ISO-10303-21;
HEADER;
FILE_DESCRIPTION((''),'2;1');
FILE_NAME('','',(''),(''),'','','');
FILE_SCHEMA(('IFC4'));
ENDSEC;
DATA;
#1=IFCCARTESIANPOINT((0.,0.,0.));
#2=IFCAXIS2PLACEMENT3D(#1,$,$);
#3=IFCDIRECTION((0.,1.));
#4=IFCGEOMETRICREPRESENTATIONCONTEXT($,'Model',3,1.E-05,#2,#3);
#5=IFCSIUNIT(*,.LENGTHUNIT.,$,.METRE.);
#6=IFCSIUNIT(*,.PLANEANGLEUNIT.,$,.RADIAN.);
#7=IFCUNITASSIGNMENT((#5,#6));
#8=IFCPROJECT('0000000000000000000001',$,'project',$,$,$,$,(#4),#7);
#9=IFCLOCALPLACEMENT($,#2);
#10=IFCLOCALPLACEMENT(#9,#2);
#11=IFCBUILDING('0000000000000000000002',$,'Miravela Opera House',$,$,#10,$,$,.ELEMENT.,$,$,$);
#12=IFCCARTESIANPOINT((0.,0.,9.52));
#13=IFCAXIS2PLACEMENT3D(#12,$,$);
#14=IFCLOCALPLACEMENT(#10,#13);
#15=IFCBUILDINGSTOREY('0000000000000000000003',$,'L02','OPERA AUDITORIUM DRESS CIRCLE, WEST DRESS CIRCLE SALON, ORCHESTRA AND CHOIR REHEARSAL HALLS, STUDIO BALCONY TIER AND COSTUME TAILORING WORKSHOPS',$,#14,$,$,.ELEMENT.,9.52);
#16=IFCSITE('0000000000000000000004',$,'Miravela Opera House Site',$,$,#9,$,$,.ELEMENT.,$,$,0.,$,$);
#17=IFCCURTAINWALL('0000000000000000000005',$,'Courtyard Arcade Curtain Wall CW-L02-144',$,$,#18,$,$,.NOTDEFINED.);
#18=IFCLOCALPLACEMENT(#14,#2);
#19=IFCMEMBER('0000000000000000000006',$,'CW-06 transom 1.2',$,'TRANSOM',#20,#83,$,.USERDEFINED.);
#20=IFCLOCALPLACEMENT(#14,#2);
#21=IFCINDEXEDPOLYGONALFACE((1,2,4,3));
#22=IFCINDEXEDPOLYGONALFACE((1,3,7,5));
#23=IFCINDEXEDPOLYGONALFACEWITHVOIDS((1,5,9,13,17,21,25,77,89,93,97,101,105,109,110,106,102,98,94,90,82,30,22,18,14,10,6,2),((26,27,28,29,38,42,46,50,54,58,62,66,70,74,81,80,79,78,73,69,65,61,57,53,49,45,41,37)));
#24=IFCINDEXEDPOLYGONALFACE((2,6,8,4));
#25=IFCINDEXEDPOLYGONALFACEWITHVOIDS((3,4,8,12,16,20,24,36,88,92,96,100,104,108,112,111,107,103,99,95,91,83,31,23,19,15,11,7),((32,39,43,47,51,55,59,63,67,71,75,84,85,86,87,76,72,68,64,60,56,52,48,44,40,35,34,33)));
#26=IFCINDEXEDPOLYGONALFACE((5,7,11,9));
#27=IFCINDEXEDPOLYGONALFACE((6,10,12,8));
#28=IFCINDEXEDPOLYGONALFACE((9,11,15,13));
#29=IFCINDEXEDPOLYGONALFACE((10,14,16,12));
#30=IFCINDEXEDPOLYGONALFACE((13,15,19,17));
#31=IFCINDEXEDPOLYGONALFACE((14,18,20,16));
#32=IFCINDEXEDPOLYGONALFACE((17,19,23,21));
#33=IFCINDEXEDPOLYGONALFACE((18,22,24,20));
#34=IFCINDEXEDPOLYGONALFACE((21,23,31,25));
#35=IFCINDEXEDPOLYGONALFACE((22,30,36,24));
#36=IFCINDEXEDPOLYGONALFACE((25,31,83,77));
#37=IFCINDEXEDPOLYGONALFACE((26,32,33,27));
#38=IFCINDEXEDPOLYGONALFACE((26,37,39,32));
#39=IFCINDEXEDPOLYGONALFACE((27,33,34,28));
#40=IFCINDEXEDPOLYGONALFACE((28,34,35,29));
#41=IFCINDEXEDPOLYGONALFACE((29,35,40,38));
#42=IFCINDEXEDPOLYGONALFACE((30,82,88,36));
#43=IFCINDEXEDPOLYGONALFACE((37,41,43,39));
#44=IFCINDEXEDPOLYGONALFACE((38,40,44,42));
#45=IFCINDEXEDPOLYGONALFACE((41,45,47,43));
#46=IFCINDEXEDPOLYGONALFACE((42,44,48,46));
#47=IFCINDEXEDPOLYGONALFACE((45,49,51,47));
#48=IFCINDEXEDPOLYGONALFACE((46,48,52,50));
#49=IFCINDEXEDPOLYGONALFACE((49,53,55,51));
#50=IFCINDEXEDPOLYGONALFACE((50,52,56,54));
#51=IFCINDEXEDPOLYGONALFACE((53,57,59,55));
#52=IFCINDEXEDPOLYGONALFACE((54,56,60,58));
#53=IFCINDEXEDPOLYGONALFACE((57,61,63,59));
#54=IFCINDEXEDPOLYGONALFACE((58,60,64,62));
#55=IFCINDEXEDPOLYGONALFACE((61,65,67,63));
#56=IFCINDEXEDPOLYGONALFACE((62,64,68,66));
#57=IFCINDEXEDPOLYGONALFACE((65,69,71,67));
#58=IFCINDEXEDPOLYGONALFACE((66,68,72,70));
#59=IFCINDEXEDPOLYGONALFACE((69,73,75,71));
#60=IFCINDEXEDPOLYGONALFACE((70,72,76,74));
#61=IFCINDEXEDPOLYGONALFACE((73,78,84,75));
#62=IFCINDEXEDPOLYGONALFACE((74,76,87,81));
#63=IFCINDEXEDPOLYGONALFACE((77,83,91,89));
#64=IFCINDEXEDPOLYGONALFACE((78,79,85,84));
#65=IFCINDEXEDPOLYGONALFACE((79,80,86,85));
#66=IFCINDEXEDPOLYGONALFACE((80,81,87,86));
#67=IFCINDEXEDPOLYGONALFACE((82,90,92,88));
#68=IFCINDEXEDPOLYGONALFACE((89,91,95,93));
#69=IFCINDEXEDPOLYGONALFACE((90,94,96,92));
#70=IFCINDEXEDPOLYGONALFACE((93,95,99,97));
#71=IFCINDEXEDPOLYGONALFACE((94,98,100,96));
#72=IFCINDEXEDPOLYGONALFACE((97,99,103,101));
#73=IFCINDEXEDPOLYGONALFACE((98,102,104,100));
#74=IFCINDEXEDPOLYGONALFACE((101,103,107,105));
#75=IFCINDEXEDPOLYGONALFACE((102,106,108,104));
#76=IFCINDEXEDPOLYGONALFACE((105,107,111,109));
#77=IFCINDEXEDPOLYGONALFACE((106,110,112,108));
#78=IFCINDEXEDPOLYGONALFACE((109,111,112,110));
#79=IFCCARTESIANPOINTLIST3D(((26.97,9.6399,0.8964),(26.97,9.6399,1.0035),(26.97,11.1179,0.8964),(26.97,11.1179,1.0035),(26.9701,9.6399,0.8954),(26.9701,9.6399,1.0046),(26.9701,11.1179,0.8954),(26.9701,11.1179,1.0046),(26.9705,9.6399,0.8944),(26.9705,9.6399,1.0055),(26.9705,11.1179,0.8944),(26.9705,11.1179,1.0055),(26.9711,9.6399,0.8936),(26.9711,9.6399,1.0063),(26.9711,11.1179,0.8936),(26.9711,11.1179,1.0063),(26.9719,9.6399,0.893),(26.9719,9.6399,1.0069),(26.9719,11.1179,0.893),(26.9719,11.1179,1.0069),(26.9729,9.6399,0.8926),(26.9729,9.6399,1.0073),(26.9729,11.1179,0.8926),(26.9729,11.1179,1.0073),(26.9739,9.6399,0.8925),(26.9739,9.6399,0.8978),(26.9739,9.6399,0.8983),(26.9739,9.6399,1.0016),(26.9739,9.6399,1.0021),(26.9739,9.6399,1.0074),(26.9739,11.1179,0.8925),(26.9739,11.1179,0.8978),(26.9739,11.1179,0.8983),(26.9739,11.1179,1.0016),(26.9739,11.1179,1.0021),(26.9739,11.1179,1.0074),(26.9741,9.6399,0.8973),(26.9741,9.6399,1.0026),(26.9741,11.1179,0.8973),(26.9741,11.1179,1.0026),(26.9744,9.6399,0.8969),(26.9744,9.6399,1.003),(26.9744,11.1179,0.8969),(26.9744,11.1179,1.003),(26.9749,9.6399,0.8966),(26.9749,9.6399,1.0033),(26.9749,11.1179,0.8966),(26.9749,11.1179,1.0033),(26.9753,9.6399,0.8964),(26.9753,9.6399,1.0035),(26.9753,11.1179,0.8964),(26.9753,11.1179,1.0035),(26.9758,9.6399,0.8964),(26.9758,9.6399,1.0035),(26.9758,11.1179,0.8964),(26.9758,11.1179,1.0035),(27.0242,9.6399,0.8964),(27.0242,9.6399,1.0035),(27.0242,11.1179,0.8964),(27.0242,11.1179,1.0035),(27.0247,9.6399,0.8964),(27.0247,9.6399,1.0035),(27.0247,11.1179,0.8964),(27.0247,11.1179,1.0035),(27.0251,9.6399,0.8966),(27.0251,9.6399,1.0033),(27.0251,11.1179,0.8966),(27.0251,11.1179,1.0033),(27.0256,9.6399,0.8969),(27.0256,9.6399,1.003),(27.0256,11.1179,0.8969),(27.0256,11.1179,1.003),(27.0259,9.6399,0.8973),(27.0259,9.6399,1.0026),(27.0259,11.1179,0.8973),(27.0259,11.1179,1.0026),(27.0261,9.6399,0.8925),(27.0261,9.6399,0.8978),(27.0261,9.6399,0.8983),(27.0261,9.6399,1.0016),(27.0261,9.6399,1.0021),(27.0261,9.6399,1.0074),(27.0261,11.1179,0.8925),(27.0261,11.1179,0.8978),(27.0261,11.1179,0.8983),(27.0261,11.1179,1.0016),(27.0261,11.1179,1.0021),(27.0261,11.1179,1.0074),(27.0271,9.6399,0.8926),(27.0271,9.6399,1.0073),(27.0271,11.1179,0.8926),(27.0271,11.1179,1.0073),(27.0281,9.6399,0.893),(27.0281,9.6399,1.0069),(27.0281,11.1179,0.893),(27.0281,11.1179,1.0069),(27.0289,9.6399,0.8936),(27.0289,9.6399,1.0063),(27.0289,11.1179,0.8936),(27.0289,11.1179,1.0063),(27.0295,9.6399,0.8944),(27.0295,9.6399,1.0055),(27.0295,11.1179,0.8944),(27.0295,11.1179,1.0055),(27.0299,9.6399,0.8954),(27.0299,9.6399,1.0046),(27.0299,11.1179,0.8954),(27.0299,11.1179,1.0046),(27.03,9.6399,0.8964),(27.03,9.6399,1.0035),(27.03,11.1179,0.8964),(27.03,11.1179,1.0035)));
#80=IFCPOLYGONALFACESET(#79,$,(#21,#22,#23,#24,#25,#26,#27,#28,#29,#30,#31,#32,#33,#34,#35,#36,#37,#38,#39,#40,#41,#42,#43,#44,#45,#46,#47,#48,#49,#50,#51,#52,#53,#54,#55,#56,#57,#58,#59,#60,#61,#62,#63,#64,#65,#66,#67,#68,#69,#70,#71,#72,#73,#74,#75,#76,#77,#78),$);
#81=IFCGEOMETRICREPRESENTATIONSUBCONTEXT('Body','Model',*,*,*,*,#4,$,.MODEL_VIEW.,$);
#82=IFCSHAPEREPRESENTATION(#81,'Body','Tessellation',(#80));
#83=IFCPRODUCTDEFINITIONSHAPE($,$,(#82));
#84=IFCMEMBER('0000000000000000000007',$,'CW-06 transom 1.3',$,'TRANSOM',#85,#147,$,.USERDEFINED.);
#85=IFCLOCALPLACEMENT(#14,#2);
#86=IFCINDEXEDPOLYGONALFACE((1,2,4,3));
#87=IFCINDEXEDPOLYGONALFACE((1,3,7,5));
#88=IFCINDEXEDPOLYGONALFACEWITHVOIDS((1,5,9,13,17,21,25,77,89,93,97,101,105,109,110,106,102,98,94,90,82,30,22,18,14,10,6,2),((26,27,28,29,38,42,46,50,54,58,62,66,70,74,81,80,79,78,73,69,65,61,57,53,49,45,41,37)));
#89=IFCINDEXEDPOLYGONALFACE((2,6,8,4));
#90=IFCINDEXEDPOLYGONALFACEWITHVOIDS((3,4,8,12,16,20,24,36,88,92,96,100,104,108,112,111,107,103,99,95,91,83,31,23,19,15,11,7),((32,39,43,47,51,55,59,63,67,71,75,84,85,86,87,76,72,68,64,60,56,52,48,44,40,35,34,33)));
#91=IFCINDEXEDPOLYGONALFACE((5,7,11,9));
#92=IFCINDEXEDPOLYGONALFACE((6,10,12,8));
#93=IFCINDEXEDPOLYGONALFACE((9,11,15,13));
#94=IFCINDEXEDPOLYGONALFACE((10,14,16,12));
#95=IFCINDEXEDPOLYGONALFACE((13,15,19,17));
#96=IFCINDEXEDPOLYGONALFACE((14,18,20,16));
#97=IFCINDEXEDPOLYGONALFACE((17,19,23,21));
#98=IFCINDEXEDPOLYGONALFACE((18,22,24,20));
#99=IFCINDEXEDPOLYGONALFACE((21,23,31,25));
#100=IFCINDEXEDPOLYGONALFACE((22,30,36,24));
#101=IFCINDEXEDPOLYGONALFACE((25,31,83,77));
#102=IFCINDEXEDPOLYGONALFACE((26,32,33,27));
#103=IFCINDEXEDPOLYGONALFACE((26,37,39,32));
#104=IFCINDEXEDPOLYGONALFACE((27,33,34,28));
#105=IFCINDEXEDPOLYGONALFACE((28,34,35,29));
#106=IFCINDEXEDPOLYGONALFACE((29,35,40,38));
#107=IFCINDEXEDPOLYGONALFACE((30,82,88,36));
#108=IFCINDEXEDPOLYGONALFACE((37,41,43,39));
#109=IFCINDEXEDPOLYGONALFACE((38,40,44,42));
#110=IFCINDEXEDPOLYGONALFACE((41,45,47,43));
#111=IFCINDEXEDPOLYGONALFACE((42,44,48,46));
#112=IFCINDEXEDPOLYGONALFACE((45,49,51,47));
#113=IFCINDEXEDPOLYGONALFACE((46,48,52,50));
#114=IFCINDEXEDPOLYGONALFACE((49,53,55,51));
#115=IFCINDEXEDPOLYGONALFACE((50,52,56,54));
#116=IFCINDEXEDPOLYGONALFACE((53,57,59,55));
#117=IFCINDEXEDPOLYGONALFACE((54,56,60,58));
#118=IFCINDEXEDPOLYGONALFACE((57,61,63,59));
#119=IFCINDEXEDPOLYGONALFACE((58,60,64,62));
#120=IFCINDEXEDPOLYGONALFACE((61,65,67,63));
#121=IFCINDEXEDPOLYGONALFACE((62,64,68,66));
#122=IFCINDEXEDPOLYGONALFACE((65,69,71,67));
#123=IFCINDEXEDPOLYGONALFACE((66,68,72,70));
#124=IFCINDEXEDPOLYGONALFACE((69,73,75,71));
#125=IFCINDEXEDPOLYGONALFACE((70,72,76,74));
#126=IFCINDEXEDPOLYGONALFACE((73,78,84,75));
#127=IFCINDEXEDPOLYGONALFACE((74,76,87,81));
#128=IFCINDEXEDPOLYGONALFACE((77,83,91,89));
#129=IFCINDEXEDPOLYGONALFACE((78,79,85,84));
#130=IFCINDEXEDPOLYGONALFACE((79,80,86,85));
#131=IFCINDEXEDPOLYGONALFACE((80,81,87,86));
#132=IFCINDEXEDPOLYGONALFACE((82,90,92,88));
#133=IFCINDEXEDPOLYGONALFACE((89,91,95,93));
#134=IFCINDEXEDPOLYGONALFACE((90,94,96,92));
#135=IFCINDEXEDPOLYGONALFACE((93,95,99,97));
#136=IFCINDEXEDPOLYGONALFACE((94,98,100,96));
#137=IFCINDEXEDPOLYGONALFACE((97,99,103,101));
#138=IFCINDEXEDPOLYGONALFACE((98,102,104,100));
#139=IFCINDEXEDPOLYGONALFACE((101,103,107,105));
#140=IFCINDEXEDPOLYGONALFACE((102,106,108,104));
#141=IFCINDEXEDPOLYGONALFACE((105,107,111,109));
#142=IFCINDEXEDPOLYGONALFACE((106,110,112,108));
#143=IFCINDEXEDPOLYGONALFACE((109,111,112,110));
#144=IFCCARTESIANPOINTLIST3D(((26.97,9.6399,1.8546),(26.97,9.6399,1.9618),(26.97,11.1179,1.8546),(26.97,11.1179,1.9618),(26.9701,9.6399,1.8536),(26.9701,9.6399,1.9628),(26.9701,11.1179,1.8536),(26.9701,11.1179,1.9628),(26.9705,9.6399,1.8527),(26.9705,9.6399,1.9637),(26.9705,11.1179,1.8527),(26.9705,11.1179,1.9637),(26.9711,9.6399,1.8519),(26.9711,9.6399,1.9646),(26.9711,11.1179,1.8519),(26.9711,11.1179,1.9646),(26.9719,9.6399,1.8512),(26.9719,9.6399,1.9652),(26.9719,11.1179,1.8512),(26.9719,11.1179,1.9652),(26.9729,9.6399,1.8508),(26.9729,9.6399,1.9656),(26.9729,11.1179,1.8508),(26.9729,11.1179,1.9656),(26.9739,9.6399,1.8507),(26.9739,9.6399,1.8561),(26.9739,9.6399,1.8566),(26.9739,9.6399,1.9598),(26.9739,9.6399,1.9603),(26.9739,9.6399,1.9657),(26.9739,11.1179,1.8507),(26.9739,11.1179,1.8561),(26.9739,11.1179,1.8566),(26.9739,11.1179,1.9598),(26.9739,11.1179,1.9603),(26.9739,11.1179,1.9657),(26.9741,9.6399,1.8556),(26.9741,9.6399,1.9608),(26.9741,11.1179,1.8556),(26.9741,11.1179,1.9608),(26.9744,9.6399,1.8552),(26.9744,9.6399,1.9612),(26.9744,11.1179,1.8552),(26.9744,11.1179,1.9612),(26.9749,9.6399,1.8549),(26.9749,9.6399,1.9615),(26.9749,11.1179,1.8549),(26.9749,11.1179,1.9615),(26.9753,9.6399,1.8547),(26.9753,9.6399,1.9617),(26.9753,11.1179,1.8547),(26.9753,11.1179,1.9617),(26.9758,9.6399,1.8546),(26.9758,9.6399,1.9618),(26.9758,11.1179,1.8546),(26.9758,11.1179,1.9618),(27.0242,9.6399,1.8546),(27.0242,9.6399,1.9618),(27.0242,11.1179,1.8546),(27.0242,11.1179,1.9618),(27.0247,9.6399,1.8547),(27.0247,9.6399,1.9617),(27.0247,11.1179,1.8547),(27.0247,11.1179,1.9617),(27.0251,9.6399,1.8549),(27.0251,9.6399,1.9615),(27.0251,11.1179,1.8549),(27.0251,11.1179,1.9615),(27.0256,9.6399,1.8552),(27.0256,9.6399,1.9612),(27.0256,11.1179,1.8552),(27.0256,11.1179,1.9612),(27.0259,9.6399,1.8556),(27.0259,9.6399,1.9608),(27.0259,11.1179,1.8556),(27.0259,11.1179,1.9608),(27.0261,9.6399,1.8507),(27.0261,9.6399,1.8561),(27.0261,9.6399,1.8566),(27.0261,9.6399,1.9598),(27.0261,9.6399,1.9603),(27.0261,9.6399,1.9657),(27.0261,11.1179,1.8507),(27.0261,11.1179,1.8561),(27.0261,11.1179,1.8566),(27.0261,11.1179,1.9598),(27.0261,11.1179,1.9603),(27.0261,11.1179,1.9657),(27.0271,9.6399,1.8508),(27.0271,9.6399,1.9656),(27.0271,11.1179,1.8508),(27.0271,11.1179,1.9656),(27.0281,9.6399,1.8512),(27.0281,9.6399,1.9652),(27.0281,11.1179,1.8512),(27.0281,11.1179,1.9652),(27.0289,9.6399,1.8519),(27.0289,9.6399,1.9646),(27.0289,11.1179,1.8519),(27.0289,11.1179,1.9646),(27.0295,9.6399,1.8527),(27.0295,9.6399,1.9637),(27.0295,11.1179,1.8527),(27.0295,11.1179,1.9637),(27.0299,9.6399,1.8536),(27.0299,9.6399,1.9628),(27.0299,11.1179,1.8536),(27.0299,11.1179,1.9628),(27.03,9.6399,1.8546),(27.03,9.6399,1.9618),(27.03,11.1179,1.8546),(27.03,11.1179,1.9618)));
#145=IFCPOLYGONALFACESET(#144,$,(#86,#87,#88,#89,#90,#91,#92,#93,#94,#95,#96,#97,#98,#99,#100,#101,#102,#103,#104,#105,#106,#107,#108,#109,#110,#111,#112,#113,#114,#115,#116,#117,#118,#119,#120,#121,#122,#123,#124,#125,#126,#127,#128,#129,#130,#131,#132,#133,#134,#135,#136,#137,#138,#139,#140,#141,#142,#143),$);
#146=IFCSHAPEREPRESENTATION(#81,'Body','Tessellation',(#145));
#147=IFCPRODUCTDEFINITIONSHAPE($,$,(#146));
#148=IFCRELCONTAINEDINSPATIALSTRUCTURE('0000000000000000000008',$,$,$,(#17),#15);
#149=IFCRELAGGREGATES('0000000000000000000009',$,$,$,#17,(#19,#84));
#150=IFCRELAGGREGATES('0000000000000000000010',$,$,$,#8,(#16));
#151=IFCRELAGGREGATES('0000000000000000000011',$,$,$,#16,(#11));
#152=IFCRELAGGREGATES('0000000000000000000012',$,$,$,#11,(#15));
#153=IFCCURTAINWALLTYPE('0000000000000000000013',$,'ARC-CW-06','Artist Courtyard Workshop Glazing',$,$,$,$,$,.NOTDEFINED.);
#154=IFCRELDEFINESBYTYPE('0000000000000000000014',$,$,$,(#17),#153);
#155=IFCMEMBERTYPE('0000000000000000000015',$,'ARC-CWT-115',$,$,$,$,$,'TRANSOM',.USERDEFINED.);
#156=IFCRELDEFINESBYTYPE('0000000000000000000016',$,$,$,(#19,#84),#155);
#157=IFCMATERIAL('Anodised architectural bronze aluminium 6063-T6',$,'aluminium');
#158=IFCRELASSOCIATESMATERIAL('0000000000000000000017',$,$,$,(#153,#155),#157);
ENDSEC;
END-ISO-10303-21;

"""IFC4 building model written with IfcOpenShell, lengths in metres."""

from ifc_helpers import new_model, si_unit, direction, frame, origin, origin_2d, place, context, subcontext, project, spatial, hollow_rectangle, extrude, material, material_profile, profile_set, type_object, element, aggregate, save


model = new_model("IFC4")

# Units and contexts
model_context = context("Model", 3, precision=1e-05, world=origin(), true_north=direction((0.0, 1.0)))
body_context = subcontext(model_context, "Body", "Model", "MODEL_VIEW")
ifc_project = project(units=[si_unit("LENGTHUNIT", "METRE"), si_unit("PLANEANGLEUNIT", "RADIAN")], contexts=[model_context])

# Site, building, storey
site_placement = place(None, origin())
site = spatial("IfcSite", under=ifc_project, at=site_placement, Name="Miravela Opera House Site", CompositionType="ELEMENT", RefElevation=0.0)
building_placement = place(site_placement, origin())
building = spatial("IfcBuilding", under=site, at=building_placement, Name="Miravela Opera House", CompositionType="ELEMENT")
storey_placement = place(building_placement, frame((0.0, 0.0, 9.52)))
storey = spatial("IfcBuildingStorey", under=building, at=storey_placement, Name="L02", Description="OPERA AUDITORIUM DRESS CIRCLE, WEST DRESS CIRCLE SALON, ORCHESTRA AND CHOIR REHEARSAL HALLS, STUDIO BALCONY TIER AND COSTUME TAILORING WORKSHOPS", CompositionType="ELEMENT", Elevation=9.52)

# Curtain wall, members
ifc_material_1 = material(Name="Anodised architectural bronze aluminium 6063-T6", Category="aluminium")
curtain_wall_type = type_object("IfcCurtainWallType", Name="ARC-CW-06", Description="Artist Courtyard Workshop Glazing", PredefinedType="NOTDEFINED", material=ifc_material_1)
curtain_wall_placement = place(storey_placement, origin())
curtain_wall = element("IfcCurtainWall", 1, at=curtain_wall_placement, inside=storey, type_object=curtain_wall_type, Name="Courtyard Arcade Curtain Wall CW-L02-144", PredefinedType="NOTDEFINED")
ifc_material_profile_1 = material_profile(ifc_material_1, hollow_rectangle(XDim=0.0601, YDim=0.115, WallThickness=0.0039, InnerFilletRadius=0.002, OuterFilletRadius=0.0039, at=origin_2d()), Name="CWT-60X115")
ifc_profile_set_1 = profile_set([ifc_material_profile_1])
member_type_1 = type_object("IfcMemberType", Name="ARC-CWT-115", ElementType="TRANSOM", PredefinedType="USERDEFINED", material=ifc_profile_set_1)
member_1_placement = place(storey_placement, frame((27.0, 9.6399, 0.95), z_axis=(0.0, 1.0, 0.0), x_axis=(-1.0, 0.0, 0.0)))
member_1 = element("IfcMember", 2, at=member_1_placement, type_object=member_type_1, Name="CW-06 transom 1.2", ObjectType="TRANSOM", PredefinedType="USERDEFINED", context=body_context, shape_type="SweptSolid", body=[
    extrude(hollow_rectangle(XDim=0.0601, YDim=0.115, WallThickness=0.0039, InnerFilletRadius=0.002, OuterFilletRadius=0.0039, at=origin_2d()), origin(), (0.0, 0.0, 1.0), 1.478),
])
member_2_placement = place(storey_placement, frame((27.0, 9.6399, 1.9082), z_axis=(0.0, 1.0, 0.0), x_axis=(-1.0, 0.0, 0.0)))
member_2 = element("IfcMember", 3, at=member_2_placement, type_object=member_type_1, Name="CW-06 transom 1.3", ObjectType="TRANSOM", PredefinedType="USERDEFINED", context=body_context, shape_type="SweptSolid", body=[
    extrude(hollow_rectangle(XDim=0.0601, YDim=0.115, WallThickness=0.0039, InnerFilletRadius=0.002, OuterFilletRadius=0.0039, at=origin_2d()), origin(), (0.0, 0.0, 1.0), 1.478),
])

aggregate(curtain_wall, [member_1, member_2])

save(model, "model.ifc")
